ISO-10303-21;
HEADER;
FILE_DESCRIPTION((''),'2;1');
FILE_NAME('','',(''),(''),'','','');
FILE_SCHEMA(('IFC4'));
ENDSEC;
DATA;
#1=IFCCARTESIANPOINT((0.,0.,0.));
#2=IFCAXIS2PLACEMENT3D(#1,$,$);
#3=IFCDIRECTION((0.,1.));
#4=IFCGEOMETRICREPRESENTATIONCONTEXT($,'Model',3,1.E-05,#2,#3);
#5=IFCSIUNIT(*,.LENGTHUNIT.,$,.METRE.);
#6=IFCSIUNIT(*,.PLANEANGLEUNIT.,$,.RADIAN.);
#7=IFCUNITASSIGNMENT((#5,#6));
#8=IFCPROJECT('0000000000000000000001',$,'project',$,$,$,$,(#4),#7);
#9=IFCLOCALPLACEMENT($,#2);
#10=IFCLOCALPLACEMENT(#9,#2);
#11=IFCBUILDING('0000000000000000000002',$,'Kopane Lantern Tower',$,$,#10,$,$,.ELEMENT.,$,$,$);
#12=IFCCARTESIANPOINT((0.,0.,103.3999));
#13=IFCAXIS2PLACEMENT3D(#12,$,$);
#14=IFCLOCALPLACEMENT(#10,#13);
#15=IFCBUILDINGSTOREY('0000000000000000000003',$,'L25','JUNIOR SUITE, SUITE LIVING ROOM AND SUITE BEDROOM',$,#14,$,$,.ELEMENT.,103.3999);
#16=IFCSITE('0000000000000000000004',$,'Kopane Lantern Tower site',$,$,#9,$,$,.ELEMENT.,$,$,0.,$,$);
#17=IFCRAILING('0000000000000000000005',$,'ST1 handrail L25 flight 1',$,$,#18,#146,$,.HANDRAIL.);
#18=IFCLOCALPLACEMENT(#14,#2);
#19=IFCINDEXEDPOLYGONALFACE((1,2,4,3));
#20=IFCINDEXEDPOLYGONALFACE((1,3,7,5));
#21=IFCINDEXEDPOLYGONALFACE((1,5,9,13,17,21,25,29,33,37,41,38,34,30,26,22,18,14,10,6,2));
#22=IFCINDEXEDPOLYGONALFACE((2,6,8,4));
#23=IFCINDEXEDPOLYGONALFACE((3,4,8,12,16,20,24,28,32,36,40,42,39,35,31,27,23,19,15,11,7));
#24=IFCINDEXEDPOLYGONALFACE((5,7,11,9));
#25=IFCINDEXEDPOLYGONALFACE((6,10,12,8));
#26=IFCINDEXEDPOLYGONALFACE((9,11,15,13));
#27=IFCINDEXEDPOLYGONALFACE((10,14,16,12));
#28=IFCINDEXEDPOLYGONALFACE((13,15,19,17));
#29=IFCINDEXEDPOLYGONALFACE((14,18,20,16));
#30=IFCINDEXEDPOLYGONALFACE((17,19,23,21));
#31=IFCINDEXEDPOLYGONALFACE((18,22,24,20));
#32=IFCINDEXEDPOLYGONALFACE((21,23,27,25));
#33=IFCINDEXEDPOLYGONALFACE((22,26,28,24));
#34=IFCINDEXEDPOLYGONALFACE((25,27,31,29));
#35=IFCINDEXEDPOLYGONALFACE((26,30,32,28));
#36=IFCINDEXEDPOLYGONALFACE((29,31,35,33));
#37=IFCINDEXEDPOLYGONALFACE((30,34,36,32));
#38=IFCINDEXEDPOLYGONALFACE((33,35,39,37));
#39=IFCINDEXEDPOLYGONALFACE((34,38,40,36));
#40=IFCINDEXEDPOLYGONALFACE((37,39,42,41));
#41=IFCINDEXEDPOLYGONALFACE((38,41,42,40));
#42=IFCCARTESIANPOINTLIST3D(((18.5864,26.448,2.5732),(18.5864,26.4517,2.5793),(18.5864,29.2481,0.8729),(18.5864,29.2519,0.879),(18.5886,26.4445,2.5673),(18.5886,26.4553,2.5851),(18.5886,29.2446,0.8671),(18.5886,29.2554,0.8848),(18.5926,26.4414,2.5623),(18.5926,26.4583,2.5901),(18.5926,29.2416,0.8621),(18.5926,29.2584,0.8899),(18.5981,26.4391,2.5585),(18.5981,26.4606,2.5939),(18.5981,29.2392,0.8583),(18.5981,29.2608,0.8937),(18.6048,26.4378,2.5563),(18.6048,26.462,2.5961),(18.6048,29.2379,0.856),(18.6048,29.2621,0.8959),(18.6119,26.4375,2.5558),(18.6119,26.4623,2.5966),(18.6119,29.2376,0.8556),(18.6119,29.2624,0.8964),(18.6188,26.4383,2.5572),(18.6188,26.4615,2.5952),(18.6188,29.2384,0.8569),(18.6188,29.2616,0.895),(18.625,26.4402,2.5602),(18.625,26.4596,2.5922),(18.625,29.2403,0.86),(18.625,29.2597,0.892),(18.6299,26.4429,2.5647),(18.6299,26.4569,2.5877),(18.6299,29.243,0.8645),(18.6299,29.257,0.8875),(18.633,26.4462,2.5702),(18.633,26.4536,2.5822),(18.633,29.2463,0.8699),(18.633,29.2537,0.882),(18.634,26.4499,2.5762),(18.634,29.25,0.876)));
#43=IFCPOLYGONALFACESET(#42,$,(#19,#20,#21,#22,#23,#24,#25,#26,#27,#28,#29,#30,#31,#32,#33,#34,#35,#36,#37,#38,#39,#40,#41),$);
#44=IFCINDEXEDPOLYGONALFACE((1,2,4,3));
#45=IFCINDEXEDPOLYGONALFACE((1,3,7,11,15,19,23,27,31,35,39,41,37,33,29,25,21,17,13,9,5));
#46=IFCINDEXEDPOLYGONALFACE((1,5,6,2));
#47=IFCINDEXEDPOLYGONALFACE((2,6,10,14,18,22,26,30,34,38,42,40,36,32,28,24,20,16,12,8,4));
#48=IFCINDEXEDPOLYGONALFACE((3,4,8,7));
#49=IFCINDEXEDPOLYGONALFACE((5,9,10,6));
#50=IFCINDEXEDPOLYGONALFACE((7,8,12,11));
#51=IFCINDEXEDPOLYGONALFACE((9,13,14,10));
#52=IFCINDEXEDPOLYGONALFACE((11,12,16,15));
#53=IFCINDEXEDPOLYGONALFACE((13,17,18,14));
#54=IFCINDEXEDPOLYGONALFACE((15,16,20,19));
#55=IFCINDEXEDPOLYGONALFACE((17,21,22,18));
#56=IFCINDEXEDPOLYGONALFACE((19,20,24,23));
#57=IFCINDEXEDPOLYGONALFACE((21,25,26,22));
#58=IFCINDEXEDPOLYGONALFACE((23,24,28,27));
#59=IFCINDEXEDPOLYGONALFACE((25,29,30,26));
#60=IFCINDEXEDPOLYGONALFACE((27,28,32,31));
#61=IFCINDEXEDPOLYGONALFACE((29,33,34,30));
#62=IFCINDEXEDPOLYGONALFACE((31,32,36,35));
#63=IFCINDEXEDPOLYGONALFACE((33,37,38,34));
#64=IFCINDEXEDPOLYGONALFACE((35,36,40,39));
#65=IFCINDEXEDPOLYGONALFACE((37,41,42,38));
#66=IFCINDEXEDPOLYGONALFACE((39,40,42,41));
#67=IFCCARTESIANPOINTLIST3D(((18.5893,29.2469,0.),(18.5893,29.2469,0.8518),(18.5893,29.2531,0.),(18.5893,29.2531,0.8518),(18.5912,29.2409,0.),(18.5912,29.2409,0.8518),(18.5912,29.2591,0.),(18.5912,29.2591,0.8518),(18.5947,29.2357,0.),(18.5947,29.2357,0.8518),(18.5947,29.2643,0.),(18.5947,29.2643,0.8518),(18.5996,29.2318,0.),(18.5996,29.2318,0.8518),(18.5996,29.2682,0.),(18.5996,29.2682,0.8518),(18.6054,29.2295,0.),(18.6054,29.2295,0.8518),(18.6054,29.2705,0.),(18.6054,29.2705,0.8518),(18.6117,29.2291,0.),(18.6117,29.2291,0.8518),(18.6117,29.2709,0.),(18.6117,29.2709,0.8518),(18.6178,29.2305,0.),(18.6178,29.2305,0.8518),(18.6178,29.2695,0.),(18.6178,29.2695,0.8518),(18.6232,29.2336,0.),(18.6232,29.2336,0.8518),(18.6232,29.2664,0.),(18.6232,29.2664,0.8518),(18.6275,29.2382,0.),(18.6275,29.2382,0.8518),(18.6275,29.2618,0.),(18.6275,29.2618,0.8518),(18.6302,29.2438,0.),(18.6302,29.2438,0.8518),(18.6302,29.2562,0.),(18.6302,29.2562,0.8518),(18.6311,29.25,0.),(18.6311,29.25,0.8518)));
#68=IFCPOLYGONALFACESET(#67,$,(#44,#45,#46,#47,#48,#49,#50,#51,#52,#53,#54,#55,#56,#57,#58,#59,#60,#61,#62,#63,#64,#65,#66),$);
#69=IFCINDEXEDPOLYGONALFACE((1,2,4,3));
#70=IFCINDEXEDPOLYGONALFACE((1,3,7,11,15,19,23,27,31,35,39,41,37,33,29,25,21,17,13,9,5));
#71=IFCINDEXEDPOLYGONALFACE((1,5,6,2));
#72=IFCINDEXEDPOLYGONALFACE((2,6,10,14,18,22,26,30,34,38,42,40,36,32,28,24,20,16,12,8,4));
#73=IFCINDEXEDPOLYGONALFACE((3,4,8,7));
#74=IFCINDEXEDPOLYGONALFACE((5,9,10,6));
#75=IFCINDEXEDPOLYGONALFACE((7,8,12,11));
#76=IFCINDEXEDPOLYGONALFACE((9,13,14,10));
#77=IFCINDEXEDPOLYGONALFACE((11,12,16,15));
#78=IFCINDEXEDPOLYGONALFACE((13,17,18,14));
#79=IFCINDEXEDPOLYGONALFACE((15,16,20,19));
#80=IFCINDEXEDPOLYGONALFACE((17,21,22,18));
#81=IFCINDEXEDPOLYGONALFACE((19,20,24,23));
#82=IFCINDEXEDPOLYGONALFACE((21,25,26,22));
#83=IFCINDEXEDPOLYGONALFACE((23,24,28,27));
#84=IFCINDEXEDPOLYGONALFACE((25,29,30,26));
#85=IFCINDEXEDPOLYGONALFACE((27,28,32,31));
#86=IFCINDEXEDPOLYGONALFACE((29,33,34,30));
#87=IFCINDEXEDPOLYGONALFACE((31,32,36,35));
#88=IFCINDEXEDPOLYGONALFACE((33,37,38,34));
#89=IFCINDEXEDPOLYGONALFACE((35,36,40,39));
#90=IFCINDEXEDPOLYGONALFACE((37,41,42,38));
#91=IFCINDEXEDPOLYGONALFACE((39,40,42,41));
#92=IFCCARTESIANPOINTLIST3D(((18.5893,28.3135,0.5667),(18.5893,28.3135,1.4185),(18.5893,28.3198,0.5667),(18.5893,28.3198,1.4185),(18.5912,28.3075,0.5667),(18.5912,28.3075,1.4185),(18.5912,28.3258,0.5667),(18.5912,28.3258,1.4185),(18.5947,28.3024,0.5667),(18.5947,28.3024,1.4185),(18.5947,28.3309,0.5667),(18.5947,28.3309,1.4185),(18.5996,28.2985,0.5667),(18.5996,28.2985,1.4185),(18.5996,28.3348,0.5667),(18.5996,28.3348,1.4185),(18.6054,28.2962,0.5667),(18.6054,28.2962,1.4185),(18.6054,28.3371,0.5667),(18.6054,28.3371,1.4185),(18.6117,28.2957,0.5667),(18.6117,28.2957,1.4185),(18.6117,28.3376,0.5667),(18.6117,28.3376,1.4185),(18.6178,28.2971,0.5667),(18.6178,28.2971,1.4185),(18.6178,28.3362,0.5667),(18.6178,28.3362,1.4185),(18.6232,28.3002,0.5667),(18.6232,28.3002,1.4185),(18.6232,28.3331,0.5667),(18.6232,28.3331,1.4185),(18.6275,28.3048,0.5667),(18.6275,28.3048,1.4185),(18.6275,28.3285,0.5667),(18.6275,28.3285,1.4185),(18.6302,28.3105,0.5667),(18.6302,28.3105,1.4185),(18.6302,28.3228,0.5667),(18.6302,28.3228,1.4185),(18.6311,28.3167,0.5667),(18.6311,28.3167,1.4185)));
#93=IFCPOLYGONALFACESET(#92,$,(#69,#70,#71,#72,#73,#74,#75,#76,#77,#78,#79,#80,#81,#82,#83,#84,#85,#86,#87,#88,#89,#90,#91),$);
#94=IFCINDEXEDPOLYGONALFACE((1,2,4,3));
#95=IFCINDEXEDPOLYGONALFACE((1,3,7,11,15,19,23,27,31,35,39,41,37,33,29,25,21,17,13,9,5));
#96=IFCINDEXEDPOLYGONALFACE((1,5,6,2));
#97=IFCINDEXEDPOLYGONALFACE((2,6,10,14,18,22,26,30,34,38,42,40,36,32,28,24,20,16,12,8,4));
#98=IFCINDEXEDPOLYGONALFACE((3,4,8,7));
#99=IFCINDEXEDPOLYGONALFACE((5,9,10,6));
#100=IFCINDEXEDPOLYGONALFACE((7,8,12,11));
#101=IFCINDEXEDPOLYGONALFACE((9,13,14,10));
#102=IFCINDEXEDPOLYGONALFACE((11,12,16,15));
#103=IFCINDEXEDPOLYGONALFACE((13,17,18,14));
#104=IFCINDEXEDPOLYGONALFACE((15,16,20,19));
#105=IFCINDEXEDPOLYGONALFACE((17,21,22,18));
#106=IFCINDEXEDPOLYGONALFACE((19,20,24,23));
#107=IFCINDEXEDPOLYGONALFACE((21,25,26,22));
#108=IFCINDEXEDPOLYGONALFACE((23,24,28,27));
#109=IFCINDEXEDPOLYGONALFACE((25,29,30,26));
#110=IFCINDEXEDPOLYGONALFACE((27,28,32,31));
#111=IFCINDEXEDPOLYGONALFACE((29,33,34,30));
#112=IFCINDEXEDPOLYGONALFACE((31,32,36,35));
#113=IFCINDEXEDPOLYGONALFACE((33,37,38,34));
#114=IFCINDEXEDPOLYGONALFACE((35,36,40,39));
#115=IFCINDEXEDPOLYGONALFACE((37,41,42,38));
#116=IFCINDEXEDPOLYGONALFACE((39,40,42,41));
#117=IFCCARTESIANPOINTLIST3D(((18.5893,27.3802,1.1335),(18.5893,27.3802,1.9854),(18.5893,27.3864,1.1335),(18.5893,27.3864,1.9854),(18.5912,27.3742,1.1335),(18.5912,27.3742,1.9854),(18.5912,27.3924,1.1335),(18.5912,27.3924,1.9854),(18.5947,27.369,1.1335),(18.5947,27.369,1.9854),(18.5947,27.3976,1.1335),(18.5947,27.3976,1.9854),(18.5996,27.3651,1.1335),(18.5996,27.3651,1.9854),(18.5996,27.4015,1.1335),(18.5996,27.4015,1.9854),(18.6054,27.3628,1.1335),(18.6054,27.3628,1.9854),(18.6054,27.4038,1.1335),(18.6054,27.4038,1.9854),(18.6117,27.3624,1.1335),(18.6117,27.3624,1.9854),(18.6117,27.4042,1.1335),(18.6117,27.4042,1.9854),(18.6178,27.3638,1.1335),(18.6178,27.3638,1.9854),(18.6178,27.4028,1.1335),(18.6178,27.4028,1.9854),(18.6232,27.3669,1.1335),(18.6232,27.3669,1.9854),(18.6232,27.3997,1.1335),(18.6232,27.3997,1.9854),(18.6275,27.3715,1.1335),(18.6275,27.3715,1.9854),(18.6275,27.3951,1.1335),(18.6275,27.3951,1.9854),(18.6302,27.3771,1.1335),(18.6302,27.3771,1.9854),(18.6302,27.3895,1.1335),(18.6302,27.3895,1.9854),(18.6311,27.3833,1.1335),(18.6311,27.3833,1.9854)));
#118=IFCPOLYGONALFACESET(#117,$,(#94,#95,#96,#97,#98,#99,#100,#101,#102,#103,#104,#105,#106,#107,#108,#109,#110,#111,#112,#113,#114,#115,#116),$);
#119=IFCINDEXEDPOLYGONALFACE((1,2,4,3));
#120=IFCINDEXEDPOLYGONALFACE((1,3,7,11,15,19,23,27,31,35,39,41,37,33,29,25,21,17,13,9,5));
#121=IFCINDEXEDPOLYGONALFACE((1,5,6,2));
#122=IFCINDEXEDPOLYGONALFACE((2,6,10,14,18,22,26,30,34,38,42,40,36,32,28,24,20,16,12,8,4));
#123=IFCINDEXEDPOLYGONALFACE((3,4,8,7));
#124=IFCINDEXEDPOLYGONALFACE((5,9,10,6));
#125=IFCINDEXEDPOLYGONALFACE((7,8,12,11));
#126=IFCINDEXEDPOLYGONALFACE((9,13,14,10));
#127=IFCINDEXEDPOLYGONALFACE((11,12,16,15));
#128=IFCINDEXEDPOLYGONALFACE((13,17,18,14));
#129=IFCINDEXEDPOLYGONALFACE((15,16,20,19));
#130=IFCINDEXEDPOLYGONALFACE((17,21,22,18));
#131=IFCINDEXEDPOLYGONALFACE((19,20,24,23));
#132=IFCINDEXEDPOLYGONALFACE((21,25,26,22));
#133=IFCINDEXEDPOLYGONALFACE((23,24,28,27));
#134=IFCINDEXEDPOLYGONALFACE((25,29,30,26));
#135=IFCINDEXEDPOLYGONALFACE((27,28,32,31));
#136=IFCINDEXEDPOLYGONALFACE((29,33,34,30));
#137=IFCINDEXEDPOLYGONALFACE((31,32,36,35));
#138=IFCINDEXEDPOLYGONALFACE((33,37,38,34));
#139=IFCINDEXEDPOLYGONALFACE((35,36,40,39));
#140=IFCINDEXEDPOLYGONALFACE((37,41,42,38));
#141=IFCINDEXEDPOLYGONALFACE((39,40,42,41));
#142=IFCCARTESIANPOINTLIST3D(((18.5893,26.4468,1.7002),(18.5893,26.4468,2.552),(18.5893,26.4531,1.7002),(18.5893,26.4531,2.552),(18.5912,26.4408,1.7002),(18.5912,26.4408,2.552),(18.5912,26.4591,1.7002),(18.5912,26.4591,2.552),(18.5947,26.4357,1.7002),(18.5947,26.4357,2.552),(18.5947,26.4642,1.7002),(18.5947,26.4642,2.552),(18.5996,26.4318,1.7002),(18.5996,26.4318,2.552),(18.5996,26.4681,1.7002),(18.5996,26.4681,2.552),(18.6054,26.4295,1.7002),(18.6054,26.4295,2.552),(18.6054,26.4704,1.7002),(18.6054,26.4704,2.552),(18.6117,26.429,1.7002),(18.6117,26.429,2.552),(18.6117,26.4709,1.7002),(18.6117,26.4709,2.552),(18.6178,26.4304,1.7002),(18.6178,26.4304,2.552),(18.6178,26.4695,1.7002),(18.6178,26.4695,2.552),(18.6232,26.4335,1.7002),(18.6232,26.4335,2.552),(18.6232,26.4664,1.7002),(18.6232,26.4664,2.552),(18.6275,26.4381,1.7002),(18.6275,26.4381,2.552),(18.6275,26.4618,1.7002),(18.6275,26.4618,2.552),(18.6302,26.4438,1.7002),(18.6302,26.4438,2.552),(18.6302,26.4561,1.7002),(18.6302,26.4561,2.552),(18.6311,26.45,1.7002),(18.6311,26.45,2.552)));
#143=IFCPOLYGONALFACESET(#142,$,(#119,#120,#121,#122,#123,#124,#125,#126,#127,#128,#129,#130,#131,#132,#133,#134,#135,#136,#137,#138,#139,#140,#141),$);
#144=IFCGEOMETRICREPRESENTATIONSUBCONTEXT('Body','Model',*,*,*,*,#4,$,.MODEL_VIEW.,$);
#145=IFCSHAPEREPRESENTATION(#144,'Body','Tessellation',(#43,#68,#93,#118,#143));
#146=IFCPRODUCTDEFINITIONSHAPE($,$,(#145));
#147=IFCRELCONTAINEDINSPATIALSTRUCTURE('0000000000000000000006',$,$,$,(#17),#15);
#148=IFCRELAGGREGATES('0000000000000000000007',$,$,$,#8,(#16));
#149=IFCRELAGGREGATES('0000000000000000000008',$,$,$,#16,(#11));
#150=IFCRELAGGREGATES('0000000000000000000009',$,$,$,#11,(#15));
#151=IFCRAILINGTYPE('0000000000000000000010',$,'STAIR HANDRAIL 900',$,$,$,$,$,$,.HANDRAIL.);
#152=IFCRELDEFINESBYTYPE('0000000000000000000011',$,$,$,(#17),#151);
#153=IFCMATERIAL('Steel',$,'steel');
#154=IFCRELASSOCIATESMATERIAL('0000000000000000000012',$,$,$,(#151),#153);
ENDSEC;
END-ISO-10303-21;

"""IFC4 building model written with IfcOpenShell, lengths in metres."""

from ifc_helpers import new_model, si_unit, direction, frame, origin, origin_2d, place, context, subcontext, project, spatial, circle, extrude, material, type_object, element, save


model = new_model("IFC4")

# Units and contexts
model_context = context("Model", 3, precision=1e-05, world=origin(), true_north=direction((0.0, 1.0)))
body_context = subcontext(model_context, "Body", "Model", "MODEL_VIEW")
ifc_project = project(units=[si_unit("LENGTHUNIT", "METRE"), si_unit("PLANEANGLEUNIT", "RADIAN")], contexts=[model_context])

# Site, building, storey
site_placement = place(None, origin())
site = spatial("IfcSite", under=ifc_project, at=site_placement, Name="Kopane Lantern Tower site", CompositionType="ELEMENT", RefElevation=0.0)
building_placement = place(site_placement, origin())
building = spatial("IfcBuilding", under=site, at=building_placement, Name="Kopane Lantern Tower", CompositionType="ELEMENT")
storey_placement = place(building_placement, frame((0.0, 0.0, 103.3999)))
storey = spatial("IfcBuildingStorey", under=building, at=storey_placement, Name="L25", Description="JUNIOR SUITE, SUITE LIVING ROOM AND SUITE BEDROOM", CompositionType="ELEMENT", Elevation=103.3999)

# Railing
ifc_material_1 = material(Name="Steel", Category="steel")
railing_type_1 = type_object("IfcRailingType", Name="STAIR HANDRAIL 900", PredefinedType="HANDRAIL", material=ifc_material_1)
for number, where, name in (
    (1, (18.6101, 29.25, 0.0), "ST1 handrail L25 flight 1"),
):
    element("IfcRailing", number, at=place(storey_placement, frame(where)), inside=storey, type_object=railing_type_1, Name=name, PredefinedType="HANDRAIL", context=body_context, shape_type="SweptSolid", body=[
        extrude(circle(Radius=0.0239, at=origin_2d()), frame((0.0, 0.0, 0.876), z_axis=(0.0, -0.854765, 0.519015), x_axis=(1.0, 0.0, 0.0)), (0.0, 0.0, 1.0), 3.2759),
        extrude(circle(Radius=0.021, at=origin_2d()), origin(), (0.0, 0.0, 1.0), 0.8518),
        extrude(circle(Radius=0.021, at=origin_2d()), frame((0.0, -0.9333, 0.5667)), (0.0, 0.0, 1.0), 0.8518),
        extrude(circle(Radius=0.021, at=origin_2d()), frame((0.0, -1.8667, 1.1335)), (0.0, 0.0, 1.0), 0.8518),
        extrude(circle(Radius=0.021, at=origin_2d()), frame((0.0, -2.8, 1.7002)), (0.0, 0.0, 1.0), 0.8518),
    ])

save(model, "model.ifc")
